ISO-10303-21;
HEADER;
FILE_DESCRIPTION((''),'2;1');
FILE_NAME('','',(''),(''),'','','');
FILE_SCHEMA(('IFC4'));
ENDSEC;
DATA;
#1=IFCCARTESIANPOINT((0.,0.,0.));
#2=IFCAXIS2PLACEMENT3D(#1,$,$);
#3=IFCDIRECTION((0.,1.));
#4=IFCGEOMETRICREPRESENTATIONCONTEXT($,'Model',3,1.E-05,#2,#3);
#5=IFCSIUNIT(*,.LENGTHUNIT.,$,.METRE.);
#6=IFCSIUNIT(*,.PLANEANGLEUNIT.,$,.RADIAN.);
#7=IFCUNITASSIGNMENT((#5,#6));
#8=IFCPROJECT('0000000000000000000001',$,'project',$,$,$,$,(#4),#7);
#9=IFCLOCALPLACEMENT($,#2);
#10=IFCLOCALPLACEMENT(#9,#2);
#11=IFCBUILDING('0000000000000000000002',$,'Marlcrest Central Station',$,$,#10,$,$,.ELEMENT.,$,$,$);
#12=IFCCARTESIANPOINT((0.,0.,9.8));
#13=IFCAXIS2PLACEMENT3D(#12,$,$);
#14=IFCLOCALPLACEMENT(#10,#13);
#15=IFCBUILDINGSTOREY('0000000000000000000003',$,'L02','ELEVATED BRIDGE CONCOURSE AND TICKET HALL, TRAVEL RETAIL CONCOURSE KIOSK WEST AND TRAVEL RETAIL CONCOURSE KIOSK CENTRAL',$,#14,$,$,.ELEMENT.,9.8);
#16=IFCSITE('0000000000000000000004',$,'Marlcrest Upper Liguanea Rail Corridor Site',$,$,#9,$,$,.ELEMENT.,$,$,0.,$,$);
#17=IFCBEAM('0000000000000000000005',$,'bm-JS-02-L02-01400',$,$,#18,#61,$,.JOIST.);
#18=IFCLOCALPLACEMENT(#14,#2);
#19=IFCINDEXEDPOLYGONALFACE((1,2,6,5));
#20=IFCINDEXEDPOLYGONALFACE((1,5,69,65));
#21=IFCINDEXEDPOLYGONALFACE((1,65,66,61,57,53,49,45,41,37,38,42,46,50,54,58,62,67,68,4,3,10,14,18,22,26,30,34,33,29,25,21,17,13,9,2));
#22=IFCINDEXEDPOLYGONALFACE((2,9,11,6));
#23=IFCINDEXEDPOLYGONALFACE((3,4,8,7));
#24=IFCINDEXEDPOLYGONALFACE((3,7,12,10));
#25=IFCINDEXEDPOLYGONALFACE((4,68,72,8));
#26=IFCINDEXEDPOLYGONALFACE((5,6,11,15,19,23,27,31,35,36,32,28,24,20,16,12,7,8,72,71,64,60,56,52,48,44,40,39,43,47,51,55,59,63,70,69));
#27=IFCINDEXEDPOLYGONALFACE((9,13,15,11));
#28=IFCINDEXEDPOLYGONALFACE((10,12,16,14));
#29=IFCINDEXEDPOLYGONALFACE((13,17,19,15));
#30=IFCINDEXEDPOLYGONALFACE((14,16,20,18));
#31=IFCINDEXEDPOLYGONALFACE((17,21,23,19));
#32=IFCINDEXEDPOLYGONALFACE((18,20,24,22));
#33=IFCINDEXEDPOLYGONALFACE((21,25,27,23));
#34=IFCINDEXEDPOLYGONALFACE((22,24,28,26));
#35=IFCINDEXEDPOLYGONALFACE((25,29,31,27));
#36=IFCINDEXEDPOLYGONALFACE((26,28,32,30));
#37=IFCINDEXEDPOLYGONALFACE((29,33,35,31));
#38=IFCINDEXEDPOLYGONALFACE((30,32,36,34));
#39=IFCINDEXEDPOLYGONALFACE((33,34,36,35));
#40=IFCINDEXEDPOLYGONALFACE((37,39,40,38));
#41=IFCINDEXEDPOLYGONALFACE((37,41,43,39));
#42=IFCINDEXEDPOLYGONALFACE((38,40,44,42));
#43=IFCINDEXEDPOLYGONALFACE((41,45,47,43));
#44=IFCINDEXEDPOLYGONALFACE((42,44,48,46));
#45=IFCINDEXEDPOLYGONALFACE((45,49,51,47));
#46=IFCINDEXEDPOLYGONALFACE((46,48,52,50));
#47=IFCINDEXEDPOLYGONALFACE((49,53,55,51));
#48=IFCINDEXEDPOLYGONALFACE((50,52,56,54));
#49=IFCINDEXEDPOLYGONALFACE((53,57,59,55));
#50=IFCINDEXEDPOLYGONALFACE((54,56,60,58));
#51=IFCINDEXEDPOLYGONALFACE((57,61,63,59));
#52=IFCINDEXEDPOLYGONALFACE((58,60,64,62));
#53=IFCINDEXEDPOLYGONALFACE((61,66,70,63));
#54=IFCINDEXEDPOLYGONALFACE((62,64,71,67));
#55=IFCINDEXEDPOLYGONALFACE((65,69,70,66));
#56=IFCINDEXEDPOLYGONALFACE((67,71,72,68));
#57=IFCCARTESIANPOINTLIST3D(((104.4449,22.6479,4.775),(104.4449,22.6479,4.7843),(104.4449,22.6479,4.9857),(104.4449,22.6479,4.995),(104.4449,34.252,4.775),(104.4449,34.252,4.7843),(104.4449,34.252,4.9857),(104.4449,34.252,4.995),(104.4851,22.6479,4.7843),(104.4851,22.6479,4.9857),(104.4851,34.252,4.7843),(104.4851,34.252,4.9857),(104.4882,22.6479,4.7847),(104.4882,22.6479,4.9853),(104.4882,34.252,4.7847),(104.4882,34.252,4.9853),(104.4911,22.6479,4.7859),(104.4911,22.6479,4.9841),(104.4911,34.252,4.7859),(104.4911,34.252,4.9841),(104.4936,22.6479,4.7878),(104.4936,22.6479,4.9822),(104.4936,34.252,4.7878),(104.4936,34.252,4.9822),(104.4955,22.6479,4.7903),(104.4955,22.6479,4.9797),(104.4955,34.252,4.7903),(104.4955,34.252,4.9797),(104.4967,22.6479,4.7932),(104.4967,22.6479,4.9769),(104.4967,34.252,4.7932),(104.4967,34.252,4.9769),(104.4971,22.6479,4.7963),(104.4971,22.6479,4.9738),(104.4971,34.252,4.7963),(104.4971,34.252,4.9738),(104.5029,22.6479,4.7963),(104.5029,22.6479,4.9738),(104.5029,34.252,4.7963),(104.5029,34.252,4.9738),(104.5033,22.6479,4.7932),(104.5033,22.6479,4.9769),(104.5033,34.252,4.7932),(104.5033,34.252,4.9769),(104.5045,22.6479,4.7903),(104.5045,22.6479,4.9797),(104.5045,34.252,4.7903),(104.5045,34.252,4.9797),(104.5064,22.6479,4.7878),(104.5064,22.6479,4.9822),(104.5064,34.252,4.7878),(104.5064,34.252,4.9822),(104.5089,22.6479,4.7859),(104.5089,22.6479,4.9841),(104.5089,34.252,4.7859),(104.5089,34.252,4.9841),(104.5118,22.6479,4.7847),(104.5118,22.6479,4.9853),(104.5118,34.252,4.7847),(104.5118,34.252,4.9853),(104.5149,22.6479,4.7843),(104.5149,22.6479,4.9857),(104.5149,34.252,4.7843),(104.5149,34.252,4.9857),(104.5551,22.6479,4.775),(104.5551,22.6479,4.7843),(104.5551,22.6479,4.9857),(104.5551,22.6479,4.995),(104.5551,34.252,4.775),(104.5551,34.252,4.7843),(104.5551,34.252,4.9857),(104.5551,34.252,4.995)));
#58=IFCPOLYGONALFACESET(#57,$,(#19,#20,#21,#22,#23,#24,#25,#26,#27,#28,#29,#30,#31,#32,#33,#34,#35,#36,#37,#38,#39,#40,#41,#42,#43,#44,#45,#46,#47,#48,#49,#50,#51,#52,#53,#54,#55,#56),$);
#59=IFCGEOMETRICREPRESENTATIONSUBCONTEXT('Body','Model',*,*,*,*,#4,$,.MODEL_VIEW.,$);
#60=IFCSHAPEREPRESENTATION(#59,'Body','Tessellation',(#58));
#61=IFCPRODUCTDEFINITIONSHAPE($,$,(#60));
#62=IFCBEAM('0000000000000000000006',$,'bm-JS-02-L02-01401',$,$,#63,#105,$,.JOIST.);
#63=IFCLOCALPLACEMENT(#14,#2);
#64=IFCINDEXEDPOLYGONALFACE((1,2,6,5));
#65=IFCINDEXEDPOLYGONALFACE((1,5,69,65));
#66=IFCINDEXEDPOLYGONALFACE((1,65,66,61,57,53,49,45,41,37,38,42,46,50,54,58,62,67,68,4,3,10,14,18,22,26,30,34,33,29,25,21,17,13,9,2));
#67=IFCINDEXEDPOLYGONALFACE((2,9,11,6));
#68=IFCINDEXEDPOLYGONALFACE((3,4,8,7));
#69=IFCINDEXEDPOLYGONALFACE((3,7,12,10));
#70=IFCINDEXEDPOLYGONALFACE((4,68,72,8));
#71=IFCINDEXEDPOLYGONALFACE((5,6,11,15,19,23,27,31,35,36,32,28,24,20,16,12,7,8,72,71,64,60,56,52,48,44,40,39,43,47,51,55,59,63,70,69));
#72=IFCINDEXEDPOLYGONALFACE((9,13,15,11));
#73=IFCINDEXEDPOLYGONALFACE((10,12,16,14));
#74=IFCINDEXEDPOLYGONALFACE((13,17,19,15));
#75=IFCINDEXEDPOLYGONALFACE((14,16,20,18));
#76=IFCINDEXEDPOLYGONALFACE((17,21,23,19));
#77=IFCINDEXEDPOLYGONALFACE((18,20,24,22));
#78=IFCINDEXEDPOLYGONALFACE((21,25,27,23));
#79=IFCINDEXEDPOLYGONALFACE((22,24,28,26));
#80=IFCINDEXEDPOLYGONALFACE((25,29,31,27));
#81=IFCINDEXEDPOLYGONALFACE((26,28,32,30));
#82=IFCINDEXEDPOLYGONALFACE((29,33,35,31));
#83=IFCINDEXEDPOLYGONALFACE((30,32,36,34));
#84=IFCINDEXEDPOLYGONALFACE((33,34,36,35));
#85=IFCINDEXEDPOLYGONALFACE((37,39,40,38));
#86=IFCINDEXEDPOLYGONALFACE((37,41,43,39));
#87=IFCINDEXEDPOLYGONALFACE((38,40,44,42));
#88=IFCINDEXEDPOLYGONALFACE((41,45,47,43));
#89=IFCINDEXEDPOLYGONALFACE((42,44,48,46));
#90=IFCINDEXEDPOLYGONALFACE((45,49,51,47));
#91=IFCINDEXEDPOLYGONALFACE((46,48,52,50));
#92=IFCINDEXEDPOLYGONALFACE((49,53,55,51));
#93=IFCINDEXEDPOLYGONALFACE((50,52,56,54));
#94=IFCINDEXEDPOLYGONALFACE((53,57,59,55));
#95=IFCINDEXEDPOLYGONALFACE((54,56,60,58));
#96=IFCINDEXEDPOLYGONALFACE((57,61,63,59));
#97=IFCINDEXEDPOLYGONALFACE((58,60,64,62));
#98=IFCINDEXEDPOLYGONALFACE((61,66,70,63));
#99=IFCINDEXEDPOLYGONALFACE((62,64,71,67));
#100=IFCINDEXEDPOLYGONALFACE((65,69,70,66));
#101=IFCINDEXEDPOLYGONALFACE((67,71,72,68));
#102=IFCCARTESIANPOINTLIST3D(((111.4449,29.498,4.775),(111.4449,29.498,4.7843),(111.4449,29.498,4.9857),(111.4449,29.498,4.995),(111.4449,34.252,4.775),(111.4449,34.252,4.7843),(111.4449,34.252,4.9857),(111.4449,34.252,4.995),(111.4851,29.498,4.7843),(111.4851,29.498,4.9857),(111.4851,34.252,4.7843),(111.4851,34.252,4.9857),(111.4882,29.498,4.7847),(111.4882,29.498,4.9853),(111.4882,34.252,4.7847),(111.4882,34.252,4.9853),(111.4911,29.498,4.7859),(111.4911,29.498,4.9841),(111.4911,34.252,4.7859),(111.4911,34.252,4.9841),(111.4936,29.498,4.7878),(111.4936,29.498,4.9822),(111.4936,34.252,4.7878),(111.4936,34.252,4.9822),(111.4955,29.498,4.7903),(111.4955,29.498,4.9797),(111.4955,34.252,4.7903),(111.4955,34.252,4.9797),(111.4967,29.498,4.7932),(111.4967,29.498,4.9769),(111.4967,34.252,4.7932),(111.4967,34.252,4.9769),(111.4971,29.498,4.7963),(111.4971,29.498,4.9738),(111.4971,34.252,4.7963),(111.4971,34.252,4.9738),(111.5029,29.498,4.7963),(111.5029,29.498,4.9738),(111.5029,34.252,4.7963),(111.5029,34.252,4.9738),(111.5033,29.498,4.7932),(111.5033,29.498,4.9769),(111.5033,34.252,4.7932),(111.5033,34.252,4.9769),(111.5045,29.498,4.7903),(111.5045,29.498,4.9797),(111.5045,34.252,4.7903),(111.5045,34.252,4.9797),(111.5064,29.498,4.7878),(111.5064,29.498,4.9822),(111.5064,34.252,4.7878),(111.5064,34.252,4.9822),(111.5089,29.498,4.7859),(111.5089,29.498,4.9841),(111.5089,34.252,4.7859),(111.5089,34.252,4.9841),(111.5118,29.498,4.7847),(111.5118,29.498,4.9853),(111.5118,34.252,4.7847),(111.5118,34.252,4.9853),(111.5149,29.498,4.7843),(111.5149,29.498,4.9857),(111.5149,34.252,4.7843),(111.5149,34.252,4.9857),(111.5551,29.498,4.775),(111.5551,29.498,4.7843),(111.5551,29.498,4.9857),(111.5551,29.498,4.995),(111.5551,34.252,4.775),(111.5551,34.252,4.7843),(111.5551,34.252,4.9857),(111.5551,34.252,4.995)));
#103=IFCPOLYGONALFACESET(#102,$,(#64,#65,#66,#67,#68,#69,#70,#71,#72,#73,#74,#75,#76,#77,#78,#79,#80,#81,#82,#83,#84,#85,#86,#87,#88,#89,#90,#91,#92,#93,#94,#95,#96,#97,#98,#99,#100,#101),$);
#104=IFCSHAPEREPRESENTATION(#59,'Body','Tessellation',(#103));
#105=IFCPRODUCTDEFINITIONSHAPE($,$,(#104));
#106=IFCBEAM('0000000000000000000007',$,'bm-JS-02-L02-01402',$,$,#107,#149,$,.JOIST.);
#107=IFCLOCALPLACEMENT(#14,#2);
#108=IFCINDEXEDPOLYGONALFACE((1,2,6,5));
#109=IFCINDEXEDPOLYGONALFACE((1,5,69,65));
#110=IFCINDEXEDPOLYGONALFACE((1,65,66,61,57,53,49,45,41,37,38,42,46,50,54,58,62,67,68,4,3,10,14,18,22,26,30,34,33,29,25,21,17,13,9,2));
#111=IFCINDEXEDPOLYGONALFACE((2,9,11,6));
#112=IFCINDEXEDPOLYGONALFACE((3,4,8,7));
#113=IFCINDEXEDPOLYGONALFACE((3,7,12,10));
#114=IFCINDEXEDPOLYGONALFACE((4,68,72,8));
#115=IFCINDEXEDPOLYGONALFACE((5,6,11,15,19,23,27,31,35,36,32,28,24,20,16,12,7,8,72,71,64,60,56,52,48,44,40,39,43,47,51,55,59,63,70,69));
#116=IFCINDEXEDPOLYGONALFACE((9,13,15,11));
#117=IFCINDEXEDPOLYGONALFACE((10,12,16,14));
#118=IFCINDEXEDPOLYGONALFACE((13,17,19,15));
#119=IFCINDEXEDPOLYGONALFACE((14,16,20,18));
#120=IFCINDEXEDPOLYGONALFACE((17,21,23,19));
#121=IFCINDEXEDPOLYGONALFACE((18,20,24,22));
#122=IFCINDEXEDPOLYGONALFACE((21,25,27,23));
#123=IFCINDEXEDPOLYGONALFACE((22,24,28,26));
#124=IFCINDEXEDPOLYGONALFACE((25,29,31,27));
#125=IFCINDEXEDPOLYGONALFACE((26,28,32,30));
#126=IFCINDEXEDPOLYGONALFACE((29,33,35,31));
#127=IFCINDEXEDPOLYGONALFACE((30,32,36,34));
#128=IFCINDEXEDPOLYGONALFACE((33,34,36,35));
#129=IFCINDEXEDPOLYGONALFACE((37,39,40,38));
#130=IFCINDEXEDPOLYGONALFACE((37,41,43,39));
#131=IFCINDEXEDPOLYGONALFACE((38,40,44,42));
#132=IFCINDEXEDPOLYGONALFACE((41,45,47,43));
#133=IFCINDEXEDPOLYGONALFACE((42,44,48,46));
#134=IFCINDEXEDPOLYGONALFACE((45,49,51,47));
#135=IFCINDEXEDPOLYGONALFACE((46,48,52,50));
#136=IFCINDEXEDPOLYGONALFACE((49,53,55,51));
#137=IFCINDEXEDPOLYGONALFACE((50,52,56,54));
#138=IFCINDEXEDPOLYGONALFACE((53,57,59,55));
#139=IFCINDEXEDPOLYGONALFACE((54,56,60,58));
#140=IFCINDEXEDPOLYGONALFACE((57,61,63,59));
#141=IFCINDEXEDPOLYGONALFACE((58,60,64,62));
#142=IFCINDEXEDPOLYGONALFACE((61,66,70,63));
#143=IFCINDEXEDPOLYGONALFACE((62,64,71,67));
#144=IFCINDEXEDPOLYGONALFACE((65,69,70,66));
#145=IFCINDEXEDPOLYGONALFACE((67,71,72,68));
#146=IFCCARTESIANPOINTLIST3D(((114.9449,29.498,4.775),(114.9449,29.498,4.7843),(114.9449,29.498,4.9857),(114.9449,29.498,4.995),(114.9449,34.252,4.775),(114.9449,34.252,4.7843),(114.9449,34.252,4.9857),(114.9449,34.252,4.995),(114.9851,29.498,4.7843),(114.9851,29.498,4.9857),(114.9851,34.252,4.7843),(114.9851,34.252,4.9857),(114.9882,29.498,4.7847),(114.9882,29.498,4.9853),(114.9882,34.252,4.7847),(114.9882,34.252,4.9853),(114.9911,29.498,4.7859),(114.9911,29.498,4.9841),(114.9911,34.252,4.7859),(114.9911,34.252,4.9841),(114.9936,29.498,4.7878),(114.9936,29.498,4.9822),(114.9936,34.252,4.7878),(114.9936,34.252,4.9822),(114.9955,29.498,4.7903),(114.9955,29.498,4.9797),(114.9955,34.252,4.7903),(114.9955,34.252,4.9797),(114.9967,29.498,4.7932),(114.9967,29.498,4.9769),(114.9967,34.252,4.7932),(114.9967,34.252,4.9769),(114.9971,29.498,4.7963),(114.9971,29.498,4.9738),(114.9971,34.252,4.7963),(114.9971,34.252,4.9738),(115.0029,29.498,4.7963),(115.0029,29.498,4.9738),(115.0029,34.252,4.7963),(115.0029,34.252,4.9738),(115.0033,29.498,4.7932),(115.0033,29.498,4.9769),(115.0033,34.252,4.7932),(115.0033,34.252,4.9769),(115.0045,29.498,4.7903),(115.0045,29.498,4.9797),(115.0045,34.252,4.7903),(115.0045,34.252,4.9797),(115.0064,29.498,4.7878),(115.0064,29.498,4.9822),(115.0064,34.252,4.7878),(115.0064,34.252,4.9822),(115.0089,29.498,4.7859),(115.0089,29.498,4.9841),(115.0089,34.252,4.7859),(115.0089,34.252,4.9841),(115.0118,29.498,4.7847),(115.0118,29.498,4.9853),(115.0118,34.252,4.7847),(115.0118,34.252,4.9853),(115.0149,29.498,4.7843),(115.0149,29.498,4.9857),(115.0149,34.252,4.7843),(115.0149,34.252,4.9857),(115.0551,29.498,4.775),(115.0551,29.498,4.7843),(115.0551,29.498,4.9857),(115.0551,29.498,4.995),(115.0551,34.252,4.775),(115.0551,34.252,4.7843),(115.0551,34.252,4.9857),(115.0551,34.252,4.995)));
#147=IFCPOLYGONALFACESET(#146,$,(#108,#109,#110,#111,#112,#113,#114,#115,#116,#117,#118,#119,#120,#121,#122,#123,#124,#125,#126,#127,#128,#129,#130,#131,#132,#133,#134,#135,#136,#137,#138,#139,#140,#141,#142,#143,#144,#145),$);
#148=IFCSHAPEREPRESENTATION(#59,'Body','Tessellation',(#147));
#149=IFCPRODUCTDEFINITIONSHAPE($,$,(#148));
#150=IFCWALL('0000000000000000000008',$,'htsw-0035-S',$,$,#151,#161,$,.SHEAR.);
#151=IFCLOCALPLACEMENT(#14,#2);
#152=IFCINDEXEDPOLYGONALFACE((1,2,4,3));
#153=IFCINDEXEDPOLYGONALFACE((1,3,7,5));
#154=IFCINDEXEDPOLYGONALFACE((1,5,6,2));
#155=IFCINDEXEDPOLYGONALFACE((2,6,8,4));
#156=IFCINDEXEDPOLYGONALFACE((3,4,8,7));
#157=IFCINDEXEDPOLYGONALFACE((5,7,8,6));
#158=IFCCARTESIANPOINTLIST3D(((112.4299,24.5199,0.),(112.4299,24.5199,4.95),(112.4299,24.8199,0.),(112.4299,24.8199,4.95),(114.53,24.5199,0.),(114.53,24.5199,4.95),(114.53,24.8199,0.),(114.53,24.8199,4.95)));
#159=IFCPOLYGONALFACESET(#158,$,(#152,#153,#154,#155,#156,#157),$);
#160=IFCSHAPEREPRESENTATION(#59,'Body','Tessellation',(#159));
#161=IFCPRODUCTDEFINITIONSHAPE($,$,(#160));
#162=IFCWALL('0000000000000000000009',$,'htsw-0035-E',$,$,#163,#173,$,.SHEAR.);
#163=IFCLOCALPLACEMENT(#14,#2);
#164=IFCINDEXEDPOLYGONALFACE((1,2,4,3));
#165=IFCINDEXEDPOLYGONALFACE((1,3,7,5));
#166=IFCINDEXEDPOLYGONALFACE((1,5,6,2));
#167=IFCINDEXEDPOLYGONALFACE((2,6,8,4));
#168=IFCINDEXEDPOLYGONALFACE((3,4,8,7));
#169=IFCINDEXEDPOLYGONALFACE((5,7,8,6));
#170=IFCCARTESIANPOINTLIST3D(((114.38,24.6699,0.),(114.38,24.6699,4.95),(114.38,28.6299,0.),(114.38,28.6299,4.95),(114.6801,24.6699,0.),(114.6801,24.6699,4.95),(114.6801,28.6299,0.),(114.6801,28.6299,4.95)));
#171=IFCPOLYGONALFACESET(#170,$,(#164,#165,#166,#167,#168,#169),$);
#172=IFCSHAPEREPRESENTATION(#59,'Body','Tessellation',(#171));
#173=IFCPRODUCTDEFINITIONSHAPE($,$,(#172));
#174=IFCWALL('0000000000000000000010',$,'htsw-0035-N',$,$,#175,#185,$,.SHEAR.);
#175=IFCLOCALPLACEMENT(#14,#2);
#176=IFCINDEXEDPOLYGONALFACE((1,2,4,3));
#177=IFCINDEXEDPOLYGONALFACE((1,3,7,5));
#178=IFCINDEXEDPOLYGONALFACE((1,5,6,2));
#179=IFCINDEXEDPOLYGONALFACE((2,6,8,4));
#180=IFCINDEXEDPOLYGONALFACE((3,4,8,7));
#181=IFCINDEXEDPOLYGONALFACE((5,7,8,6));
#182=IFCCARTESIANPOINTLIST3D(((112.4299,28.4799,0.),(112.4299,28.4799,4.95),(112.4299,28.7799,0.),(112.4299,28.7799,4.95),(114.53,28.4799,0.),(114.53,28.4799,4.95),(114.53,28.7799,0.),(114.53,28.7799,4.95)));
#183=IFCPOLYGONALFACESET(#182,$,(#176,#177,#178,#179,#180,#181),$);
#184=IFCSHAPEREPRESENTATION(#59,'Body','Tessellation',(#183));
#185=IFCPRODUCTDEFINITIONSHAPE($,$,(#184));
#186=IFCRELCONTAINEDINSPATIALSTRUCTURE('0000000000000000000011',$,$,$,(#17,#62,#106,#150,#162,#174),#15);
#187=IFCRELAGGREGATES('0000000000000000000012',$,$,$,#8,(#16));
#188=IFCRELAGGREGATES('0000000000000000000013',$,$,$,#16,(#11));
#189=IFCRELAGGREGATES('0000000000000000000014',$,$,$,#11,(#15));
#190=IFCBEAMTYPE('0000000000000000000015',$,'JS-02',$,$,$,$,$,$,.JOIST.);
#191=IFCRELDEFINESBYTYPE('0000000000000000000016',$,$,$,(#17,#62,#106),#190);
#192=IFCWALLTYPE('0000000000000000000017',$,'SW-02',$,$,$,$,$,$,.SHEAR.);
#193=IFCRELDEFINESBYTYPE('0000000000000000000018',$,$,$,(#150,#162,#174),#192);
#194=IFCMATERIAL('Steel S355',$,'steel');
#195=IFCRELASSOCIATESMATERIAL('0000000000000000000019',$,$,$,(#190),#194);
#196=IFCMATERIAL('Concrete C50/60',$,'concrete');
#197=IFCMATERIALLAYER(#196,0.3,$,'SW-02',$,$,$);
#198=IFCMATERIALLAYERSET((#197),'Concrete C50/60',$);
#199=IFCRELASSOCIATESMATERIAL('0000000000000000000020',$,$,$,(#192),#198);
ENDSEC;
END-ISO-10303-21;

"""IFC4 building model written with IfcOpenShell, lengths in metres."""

from ifc_helpers import new_model, si_unit, direction, frame, frame_2d, origin, origin_2d, place, context, subcontext, project, spatial, rectangle, i_section, extrude, material, layer, layer_set, material_profile, profile_set, type_object, element, save


model = new_model("IFC4")

# Units and contexts
model_context = context("Model", 3, precision=1e-05, world=origin(), true_north=direction((0.0, 1.0)))
body_context = subcontext(model_context, "Body", "Model", "MODEL_VIEW")
ifc_project = project(units=[si_unit("LENGTHUNIT", "METRE"), si_unit("PLANEANGLEUNIT", "RADIAN")], contexts=[model_context])

# Site, building, storey
site_placement = place(None, origin())
site = spatial("IfcSite", under=ifc_project, at=site_placement, Name="Marlcrest Upper Liguanea Rail Corridor Site", CompositionType="ELEMENT", RefElevation=0.0)
building_placement = place(site_placement, origin())
building = spatial("IfcBuilding", under=site, at=building_placement, Name="Marlcrest Central Station", CompositionType="ELEMENT")
storey_placement = place(building_placement, frame((0.0, 0.0, 9.8)))
storey = spatial("IfcBuildingStorey", under=building, at=storey_placement, Name="L02", Description="ELEVATED BRIDGE CONCOURSE AND TICKET HALL, TRAVEL RETAIL CONCOURSE KIOSK WEST AND TRAVEL RETAIL CONCOURSE KIOSK CENTRAL", CompositionType="ELEMENT", Elevation=9.8)

# Shared definitions
ifc_material_1 = material(Name="Steel S355", Category="steel")

# Beams
ifc_material_profile_1 = material_profile(ifc_material_1, i_section(OverallWidth=0.1101, OverallDepth=0.22, WebThickness=0.0059, FlangeThickness=0.0093, FilletRadius=0.012, at=origin_2d()), Name="IPE 220")
ifc_profile_set_1 = profile_set([ifc_material_profile_1], Name="Steel S355")
beam_type_1 = type_object("IfcBeamType", Name="JS-02", PredefinedType="JOIST", material=ifc_profile_set_1)
for number, where, z_axis, x_axis, name in (
    (1, (104.5, 22.6479, 4.885), (0.0, 1.0, 0.0), (-1.0, 0.0, 0.0), "bm-JS-02-L02-01400"),
):
    element("IfcBeam", number, at=place(storey_placement, frame(where, z_axis=z_axis, x_axis=x_axis)), inside=storey, type_object=beam_type_1, Name=name, PredefinedType="JOIST", context=body_context, shape_type="SweptSolid", body=[
        extrude(i_section(OverallWidth=0.1101, OverallDepth=0.22, WebThickness=0.0059, FlangeThickness=0.0093, FilletRadius=0.012, at=origin_2d()), origin(), (0.0, 0.0, 1.0), 11.604),
    ])
for number, where, z_axis, x_axis, name in (
    (2, (111.5, 29.498, 4.885), (0.0, 1.0, 0.0), (-1.0, 0.0, 0.0), "bm-JS-02-L02-01401"),
    (3, (115.0, 29.498, 4.885), (0.0, 1.0, 0.0), (-1.0, 0.0, 0.0), "bm-JS-02-L02-01402"),
):
    element("IfcBeam", number, at=place(storey_placement, frame(where, z_axis=z_axis, x_axis=x_axis)), inside=storey, type_object=beam_type_1, Name=name, PredefinedType="JOIST", context=body_context, shape_type="SweptSolid", body=[
        extrude(i_section(OverallWidth=0.1101, OverallDepth=0.22, WebThickness=0.0059, FlangeThickness=0.0093, FilletRadius=0.012, at=origin_2d()), origin(), (0.0, 0.0, 1.0), 4.7539),
    ])

# Walls
ifc_material_2 = material(Name="Concrete C50/60", Category="concrete")
ifc_layer = layer(ifc_material_2, 0.3, Name="SW-02")
ifc_layer_set = layer_set([ifc_layer], Name="Concrete C50/60")
wall_type = type_object("IfcWallType", Name="SW-02", PredefinedType="SHEAR", material=ifc_layer_set)
wall_1_placement = place(storey_placement, frame((112.4299, 24.6699, 0.0), z_axis=(0.0, 0.0, 1.0), x_axis=(1.0, 0.0, 0.0)))
element("IfcWall", 4, at=wall_1_placement, inside=storey, type_object=wall_type, Name="htsw-0035-S", PredefinedType="SHEAR", context=body_context, shape_type="SweptSolid", body=[
    extrude(rectangle(XDim=2.1001, YDim=0.3, at=frame_2d((1.05, 0.0))), origin(), (0.0, 0.0, 1.0), 4.95),
])
wall_2_placement = place(storey_placement, frame((114.53, 24.6699, 0.0), z_axis=(0.0, 0.0, 1.0), x_axis=(0.0, 1.0, 0.0)))
element("IfcWall", 5, at=wall_2_placement, inside=storey, type_object=wall_type, Name="htsw-0035-E", PredefinedType="SHEAR", context=body_context, shape_type="SweptSolid", body=[
    extrude(rectangle(XDim=3.96, YDim=0.3, at=frame_2d((1.98, 0.0))), origin(), (0.0, 0.0, 1.0), 4.95),
])
wall_3_placement = place(storey_placement, frame((114.53, 28.6299, 0.0), z_axis=(0.0, 0.0, 1.0), x_axis=(-1.0, 0.0, 0.0)))
element("IfcWall", 6, at=wall_3_placement, inside=storey, type_object=wall_type, Name="htsw-0035-N", PredefinedType="SHEAR", context=body_context, shape_type="SweptSolid", body=[
    extrude(rectangle(XDim=2.1001, YDim=0.3, at=frame_2d((1.05, 0.0))), origin(), (0.0, 0.0, 1.0), 4.95),
])

save(model, "model.ifc")
